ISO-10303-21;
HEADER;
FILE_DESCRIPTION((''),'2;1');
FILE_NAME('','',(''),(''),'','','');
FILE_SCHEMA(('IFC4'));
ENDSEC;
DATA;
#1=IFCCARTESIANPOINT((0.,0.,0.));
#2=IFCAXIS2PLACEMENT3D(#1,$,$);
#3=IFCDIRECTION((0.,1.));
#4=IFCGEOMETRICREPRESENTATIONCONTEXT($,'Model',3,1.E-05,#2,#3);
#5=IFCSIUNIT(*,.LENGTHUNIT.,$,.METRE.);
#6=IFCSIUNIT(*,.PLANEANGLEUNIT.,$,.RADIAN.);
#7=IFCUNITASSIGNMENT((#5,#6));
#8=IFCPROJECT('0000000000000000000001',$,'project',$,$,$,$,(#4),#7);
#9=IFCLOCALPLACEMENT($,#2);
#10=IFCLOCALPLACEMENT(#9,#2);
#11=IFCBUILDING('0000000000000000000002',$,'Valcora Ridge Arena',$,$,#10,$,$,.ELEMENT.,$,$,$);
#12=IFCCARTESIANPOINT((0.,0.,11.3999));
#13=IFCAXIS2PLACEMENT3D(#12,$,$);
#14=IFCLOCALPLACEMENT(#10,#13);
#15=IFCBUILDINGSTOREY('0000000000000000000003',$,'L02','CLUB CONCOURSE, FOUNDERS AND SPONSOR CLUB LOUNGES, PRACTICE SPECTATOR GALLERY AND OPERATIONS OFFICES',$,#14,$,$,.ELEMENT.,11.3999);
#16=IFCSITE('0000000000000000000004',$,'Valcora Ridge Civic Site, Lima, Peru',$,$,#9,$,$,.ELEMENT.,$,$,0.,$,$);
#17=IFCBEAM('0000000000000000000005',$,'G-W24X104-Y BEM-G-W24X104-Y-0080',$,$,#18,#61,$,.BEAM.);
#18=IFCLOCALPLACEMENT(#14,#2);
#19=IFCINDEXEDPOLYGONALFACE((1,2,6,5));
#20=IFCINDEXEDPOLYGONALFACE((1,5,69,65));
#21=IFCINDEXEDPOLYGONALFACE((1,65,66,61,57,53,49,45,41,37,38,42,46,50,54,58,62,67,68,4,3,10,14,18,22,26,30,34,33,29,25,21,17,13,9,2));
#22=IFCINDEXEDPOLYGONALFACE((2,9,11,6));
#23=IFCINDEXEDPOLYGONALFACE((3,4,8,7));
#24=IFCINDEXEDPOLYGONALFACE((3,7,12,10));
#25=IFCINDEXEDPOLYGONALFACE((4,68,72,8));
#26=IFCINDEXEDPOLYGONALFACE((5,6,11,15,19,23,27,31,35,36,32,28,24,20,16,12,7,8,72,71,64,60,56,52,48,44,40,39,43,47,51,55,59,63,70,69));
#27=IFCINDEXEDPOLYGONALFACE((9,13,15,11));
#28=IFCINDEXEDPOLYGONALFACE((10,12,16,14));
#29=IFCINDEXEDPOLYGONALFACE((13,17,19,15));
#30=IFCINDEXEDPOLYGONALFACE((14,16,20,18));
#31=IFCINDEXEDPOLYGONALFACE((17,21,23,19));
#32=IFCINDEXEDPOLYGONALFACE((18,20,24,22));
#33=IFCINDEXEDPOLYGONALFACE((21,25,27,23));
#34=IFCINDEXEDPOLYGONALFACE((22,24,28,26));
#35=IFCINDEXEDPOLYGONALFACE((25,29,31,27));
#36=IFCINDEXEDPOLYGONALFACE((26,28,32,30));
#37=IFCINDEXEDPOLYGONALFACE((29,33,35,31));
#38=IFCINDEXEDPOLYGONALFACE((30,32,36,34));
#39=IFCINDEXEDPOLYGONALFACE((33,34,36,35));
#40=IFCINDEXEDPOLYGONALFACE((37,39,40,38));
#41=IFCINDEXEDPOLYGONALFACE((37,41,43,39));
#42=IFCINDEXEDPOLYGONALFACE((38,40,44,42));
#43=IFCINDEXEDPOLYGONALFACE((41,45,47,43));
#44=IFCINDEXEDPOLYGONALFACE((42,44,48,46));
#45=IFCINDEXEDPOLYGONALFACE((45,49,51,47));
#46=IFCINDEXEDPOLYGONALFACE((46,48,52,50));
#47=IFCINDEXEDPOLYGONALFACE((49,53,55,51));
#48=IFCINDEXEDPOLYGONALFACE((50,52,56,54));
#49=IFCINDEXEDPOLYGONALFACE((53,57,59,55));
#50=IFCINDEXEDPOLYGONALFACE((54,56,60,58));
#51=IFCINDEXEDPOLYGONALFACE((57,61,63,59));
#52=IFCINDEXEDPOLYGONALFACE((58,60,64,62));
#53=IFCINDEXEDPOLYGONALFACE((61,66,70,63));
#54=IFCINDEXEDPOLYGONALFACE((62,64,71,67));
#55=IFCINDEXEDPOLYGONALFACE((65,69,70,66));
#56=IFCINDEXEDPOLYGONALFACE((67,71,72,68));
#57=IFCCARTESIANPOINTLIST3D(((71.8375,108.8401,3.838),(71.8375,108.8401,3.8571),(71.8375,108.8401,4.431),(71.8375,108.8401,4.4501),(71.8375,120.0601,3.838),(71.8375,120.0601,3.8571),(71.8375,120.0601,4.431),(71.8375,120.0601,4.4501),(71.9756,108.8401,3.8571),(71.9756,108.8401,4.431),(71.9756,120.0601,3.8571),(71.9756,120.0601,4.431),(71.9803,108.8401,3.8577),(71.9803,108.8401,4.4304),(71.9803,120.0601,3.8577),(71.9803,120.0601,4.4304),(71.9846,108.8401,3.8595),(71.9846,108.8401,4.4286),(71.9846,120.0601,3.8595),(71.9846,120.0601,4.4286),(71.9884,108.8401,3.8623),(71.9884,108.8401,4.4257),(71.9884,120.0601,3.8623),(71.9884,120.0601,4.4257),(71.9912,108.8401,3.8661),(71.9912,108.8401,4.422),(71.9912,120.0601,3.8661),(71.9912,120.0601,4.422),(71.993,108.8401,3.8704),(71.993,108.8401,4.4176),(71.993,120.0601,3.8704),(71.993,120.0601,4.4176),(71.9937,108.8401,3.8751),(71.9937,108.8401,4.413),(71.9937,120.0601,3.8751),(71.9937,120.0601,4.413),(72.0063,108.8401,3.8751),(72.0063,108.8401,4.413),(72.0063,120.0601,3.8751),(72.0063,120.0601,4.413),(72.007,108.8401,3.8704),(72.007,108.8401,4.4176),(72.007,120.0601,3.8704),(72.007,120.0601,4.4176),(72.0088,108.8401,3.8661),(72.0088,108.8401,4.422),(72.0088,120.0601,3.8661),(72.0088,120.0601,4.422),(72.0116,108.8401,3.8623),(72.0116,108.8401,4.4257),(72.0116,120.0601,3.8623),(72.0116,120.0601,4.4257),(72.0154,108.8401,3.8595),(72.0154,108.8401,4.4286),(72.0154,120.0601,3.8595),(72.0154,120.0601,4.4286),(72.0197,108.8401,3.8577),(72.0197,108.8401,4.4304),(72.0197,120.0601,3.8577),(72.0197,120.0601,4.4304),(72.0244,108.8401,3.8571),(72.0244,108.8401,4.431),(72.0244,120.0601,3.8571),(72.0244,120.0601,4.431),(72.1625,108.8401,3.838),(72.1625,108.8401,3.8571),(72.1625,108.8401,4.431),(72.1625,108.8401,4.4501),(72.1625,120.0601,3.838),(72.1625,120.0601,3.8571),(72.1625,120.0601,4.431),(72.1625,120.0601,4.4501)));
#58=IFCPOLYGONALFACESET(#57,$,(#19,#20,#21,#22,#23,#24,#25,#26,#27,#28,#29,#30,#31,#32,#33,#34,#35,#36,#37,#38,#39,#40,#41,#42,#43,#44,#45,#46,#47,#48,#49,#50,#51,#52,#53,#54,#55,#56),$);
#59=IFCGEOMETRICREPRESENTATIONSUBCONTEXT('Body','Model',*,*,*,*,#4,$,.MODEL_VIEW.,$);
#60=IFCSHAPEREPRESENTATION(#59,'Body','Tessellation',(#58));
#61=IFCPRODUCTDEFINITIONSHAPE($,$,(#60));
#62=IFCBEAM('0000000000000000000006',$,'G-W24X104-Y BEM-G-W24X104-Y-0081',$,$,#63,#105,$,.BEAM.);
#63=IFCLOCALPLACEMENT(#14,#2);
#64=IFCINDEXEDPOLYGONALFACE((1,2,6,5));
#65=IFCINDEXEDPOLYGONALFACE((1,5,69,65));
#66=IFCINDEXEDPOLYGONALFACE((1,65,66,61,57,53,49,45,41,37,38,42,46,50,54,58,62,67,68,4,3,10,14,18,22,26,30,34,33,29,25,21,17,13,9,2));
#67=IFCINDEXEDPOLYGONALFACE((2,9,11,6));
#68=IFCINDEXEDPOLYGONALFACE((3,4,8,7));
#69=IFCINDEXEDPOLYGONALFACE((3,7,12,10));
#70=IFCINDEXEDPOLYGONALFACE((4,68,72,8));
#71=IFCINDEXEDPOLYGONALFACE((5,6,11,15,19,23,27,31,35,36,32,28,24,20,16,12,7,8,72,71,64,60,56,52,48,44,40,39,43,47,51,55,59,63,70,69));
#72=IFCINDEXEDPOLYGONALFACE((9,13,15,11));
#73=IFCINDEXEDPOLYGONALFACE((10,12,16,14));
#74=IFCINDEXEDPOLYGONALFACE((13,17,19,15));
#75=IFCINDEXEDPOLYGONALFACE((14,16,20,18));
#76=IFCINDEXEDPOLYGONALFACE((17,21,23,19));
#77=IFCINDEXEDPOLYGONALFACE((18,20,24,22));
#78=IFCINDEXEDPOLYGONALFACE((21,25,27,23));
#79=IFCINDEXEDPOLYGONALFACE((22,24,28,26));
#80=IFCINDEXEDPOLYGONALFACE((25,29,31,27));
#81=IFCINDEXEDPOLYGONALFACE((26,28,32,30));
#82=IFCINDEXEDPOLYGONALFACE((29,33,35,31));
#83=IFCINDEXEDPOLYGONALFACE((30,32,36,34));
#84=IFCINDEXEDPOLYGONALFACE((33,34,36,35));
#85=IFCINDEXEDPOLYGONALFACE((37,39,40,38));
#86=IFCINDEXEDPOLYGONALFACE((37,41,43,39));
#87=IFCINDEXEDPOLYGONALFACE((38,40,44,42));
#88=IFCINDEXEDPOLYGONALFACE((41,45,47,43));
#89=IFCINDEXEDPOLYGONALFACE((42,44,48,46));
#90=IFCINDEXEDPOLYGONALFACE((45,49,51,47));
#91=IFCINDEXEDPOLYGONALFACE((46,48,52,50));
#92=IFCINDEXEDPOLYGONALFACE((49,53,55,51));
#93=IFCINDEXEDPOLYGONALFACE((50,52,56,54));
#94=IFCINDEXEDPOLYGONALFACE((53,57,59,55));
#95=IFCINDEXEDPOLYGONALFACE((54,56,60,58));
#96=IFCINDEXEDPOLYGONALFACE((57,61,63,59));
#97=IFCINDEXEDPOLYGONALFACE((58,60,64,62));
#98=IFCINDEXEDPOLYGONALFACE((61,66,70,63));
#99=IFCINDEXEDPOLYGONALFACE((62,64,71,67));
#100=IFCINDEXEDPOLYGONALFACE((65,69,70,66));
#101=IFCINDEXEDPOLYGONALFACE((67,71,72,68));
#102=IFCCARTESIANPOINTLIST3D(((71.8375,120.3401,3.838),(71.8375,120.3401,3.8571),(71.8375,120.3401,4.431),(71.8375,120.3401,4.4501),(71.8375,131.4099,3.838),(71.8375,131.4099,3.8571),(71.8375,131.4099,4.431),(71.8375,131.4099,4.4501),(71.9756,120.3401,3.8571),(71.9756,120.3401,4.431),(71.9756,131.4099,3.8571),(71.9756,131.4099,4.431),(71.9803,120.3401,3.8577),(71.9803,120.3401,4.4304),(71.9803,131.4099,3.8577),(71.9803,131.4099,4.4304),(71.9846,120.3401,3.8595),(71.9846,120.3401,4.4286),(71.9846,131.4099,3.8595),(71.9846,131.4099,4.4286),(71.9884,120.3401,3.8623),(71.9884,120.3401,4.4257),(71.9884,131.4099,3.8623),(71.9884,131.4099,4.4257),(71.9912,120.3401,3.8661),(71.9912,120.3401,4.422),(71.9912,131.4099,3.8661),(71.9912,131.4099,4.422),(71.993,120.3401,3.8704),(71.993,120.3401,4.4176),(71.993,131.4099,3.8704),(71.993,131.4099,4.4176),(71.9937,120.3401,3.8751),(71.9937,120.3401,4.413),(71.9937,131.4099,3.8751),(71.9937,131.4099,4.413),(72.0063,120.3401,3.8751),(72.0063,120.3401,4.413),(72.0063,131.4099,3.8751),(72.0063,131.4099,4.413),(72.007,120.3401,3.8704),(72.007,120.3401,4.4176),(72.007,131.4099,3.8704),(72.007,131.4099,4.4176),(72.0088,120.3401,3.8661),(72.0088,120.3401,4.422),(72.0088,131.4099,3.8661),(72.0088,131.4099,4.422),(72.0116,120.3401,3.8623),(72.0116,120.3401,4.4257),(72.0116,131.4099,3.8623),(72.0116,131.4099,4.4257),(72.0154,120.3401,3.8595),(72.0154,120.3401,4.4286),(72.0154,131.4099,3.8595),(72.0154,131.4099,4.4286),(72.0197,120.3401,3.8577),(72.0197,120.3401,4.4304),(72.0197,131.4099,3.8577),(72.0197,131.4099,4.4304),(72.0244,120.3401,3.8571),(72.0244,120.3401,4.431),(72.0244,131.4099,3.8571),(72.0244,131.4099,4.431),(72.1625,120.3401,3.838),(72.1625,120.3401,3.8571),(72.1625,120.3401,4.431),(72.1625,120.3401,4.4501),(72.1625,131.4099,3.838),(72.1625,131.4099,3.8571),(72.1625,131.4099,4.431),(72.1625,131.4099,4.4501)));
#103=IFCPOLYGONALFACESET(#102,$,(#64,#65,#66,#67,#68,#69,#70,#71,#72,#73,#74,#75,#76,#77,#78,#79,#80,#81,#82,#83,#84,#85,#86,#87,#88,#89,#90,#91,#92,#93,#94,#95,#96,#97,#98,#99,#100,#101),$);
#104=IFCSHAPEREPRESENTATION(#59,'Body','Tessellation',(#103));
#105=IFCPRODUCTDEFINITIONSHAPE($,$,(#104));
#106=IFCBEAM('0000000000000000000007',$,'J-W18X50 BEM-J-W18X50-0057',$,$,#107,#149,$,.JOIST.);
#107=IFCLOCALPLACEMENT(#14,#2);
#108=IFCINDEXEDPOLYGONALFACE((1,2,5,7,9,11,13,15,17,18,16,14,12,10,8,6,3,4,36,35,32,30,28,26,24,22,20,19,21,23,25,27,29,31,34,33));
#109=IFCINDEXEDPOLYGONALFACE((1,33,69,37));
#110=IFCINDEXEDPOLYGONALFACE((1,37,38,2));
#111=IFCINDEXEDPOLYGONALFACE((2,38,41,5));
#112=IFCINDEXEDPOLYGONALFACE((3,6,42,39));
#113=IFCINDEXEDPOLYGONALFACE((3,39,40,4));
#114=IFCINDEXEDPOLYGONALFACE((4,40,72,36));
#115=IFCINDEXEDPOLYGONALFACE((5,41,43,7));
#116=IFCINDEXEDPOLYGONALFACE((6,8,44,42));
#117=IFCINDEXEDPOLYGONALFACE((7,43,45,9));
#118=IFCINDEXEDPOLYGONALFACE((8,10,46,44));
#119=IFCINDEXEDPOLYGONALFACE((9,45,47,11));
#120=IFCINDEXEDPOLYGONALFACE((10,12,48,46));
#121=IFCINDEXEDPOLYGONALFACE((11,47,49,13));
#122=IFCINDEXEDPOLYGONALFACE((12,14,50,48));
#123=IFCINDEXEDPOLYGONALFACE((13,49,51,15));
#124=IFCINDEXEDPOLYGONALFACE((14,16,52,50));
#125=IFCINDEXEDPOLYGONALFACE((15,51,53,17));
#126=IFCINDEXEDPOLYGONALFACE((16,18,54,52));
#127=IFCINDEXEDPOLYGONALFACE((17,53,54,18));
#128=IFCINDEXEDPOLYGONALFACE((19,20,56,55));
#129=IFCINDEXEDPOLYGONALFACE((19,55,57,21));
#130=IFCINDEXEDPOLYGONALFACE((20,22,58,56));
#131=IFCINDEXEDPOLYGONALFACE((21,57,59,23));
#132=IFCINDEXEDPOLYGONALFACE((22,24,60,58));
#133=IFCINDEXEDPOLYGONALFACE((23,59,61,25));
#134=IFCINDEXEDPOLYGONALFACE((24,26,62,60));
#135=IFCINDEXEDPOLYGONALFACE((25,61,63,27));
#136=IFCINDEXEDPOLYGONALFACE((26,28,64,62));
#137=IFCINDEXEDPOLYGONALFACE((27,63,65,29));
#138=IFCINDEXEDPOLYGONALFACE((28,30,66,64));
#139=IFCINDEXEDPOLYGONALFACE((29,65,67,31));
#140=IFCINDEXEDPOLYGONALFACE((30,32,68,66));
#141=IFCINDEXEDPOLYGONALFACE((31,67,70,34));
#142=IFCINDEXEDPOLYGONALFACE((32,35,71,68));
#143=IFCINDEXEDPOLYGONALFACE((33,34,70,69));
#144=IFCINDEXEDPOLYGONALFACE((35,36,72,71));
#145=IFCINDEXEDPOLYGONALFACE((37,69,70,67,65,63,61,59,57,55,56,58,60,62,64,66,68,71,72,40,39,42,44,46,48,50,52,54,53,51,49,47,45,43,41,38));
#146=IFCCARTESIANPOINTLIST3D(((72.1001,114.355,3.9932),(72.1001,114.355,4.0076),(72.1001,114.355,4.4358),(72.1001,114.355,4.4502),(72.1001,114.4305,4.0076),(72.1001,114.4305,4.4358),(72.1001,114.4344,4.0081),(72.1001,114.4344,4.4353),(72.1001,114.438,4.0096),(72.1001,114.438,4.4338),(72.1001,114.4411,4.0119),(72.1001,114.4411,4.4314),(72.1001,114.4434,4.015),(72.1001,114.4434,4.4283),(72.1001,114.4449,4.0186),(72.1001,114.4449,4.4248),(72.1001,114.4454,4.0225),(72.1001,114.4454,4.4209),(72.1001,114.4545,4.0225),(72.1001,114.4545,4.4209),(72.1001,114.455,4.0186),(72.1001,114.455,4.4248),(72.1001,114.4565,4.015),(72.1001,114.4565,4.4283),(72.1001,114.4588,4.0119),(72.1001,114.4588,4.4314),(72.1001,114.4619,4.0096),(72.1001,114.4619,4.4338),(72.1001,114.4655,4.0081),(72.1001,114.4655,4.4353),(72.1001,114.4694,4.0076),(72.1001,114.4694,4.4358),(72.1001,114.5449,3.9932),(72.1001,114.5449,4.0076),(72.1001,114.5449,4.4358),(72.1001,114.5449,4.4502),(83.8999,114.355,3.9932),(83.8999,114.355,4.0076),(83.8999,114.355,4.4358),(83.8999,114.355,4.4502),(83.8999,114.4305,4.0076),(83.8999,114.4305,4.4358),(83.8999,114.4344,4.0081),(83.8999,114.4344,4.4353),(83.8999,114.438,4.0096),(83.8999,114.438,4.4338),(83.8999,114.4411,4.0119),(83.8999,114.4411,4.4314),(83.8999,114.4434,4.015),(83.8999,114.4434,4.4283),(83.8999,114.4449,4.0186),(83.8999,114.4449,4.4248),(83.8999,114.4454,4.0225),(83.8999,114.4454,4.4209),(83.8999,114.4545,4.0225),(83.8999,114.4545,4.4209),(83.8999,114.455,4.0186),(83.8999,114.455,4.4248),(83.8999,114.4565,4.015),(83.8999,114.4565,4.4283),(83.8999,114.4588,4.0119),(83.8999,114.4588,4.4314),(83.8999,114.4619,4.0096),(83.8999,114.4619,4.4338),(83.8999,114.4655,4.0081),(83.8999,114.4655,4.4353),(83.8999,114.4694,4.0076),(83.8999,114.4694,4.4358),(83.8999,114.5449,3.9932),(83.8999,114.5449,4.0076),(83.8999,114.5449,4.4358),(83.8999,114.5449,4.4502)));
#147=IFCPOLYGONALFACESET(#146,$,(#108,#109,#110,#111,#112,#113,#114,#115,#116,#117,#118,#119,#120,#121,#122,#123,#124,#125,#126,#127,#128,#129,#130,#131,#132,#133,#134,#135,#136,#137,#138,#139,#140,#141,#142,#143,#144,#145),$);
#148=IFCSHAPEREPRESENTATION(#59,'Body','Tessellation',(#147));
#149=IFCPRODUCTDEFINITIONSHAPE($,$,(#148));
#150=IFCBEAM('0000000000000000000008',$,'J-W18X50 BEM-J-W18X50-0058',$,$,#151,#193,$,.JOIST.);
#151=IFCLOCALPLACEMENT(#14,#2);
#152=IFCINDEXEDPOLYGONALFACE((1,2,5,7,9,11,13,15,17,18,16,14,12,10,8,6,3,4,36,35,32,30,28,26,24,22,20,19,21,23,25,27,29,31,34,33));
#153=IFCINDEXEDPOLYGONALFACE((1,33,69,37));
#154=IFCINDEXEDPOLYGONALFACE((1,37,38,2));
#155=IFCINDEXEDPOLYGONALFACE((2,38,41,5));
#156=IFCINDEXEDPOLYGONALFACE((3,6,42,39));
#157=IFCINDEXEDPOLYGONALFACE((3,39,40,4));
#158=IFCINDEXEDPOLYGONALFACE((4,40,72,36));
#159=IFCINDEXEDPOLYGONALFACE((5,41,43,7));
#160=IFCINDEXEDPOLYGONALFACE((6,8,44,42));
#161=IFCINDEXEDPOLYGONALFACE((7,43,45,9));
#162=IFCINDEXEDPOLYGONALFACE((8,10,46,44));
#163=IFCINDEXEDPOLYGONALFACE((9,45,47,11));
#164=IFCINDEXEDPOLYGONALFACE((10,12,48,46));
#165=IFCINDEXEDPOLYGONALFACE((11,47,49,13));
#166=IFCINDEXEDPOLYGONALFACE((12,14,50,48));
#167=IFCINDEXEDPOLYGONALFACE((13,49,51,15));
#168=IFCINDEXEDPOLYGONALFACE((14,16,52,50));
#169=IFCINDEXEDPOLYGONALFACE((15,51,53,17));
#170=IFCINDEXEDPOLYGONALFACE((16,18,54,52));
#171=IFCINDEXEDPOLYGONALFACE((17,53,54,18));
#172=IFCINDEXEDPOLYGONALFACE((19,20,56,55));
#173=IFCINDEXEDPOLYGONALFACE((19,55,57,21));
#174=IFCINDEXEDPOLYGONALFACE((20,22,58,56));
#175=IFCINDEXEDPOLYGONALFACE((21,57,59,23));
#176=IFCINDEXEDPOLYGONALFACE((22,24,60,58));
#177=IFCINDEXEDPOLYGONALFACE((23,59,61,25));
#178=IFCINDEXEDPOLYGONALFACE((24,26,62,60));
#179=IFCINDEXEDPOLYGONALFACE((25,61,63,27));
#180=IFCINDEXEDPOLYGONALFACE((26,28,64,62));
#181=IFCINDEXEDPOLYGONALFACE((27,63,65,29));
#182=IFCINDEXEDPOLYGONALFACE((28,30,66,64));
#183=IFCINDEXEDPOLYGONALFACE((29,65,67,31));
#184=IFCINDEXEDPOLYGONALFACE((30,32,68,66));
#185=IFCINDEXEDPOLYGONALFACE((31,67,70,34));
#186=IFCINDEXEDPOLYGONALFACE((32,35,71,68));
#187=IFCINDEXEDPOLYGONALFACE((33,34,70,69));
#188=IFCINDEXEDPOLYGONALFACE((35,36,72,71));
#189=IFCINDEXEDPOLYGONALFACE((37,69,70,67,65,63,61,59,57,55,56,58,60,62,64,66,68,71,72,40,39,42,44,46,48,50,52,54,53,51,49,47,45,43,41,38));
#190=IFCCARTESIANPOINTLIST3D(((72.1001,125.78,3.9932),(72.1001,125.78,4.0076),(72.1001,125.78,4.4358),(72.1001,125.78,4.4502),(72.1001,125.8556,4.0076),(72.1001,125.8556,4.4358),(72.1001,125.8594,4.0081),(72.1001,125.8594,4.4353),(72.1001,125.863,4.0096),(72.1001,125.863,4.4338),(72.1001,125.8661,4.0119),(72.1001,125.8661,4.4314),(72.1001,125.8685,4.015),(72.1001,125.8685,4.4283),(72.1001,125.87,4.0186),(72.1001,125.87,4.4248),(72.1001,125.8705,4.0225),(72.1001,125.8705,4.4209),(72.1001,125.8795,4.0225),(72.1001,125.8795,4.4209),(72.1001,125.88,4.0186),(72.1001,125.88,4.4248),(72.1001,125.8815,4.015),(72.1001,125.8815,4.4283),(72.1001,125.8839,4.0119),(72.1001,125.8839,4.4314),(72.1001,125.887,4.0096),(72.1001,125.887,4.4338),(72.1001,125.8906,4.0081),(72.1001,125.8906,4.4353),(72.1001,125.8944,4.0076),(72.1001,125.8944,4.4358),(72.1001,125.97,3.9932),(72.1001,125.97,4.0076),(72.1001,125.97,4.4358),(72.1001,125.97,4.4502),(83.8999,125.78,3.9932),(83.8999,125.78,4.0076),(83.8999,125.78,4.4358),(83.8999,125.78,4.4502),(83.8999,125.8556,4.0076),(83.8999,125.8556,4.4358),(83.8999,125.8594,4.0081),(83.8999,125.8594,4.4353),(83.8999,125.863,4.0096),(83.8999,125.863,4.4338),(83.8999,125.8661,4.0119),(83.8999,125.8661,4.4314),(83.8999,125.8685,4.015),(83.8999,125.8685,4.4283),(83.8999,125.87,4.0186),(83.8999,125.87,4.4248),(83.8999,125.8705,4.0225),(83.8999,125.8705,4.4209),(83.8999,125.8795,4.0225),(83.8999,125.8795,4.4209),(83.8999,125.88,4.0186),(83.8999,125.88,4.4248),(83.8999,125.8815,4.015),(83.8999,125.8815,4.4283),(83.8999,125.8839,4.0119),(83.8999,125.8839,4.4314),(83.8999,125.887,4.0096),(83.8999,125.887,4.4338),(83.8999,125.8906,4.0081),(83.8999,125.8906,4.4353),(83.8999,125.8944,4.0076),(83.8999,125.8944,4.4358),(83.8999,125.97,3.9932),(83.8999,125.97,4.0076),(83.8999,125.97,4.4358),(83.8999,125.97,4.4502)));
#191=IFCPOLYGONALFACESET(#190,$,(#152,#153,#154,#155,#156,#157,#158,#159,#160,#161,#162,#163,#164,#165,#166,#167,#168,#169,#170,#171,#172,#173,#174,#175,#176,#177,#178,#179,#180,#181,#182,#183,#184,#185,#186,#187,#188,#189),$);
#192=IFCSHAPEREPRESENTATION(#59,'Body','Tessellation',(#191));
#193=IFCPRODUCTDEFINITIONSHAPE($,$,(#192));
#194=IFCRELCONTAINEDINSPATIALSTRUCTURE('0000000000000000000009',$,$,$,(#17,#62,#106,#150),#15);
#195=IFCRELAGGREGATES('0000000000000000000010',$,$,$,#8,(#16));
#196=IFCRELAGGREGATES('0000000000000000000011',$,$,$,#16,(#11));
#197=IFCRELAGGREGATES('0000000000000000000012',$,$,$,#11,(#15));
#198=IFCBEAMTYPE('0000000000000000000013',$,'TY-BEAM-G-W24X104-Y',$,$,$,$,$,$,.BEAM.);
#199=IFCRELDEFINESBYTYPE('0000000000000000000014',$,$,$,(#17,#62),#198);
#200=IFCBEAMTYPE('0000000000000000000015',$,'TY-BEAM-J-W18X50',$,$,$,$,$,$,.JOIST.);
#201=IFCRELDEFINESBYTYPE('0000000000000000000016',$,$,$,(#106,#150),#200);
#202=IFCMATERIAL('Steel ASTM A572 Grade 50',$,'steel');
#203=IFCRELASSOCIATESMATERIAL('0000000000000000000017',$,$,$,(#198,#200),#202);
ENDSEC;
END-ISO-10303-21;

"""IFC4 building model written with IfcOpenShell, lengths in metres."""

from ifc_helpers import new_model, si_unit, direction, frame, origin, origin_2d, place, context, subcontext, project, spatial, i_section, extrude, material, material_profile, profile_set, type_object, element, save


model = new_model("IFC4")

# Units and contexts
model_context = context("Model", 3, precision=1e-05, world=origin(), true_north=direction((0.0, 1.0)))
body_context = subcontext(model_context, "Body", "Model", "MODEL_VIEW")
ifc_project = project(units=[si_unit("LENGTHUNIT", "METRE"), si_unit("PLANEANGLEUNIT", "RADIAN")], contexts=[model_context])

# Site, building, storey
site_placement = place(None, origin())
site = spatial("IfcSite", under=ifc_project, at=site_placement, Name="Valcora Ridge Civic Site, Lima, Peru", CompositionType="ELEMENT", RefElevation=0.0)
building_placement = place(site_placement, origin())
building = spatial("IfcBuilding", under=site, at=building_placement, Name="Valcora Ridge Arena", CompositionType="ELEMENT")
storey_placement = place(building_placement, frame((0.0, 0.0, 11.3999)))
storey = spatial("IfcBuildingStorey", under=building, at=storey_placement, Name="L02", Description="CLUB CONCOURSE, FOUNDERS AND SPONSOR CLUB LOUNGES, PRACTICE SPECTATOR GALLERY AND OPERATIONS OFFICES", CompositionType="ELEMENT", Elevation=11.3999)

# Beams
ifc_material_1 = material(Name="Steel ASTM A572 Grade 50", Category="steel")
ifc_material_profile_1 = material_profile(ifc_material_1, i_section(OverallWidth=0.325, OverallDepth=0.6121, WebThickness=0.0127, FlangeThickness=0.019, FilletRadius=0.0181, at=origin_2d()), Name="W24X104")
ifc_profile_set_1 = profile_set([ifc_material_profile_1], Name="Steel ASTM A572 Grade 50")
beam_type_1 = type_object("IfcBeamType", Name="TY-BEAM-G-W24X104-Y", PredefinedType="BEAM", material=ifc_profile_set_1)
beam_1_placement = place(storey_placement, frame((72.0, 108.8401, 4.144), z_axis=(0.0, 1.0, 0.0), x_axis=(-1.0, 0.0, 0.0)))
element("IfcBeam", 1, at=beam_1_placement, inside=storey, type_object=beam_type_1, Name="G-W24X104-Y BEM-G-W24X104-Y-0080", PredefinedType="BEAM", context=body_context, shape_type="SweptSolid", body=[
    extrude(i_section(OverallWidth=0.325, OverallDepth=0.6121, WebThickness=0.0127, FlangeThickness=0.019, FilletRadius=0.0181, at=origin_2d()), origin(), (0.0, 0.0, 1.0), 11.22),
])
beam_2_placement = place(storey_placement, frame((72.0, 120.3401, 4.144), z_axis=(0.0, 1.0, 0.0), x_axis=(-1.0, 0.0, 0.0)))
element("IfcBeam", 2, at=beam_2_placement, inside=storey, type_object=beam_type_1, Name="G-W24X104-Y BEM-G-W24X104-Y-0081", PredefinedType="BEAM", context=body_context, shape_type="SweptSolid", body=[
    extrude(i_section(OverallWidth=0.325, OverallDepth=0.6121, WebThickness=0.0127, FlangeThickness=0.019, FilletRadius=0.0181, at=origin_2d()), origin(), (0.0, 0.0, 1.0), 11.0698),
])
ifc_material_profile_2 = material_profile(ifc_material_1, i_section(OverallWidth=0.1899, OverallDepth=0.457, WebThickness=0.009, FlangeThickness=0.0144, FilletRadius=0.0149, at=origin_2d()), Name="W18X50")
ifc_profile_set_2 = profile_set([ifc_material_profile_2], Name="Steel ASTM A572 Grade 50")
beam_type_2 = type_object("IfcBeamType", Name="TY-BEAM-J-W18X50", PredefinedType="JOIST", material=ifc_profile_set_2)
for number, where, z_axis, x_axis, name in (
    (3, (72.1001, 114.45, 4.2217), (1.0, 0.0, 0.0), (0.0, 1.0, 0.0), "J-W18X50 BEM-J-W18X50-0057"),
    (4, (72.1001, 125.875, 4.2217), (1.0, 0.0, 0.0), (0.0, 1.0, 0.0), "J-W18X50 BEM-J-W18X50-0058"),
):
    element("IfcBeam", number, at=place(storey_placement, frame(where, z_axis=z_axis, x_axis=x_axis)), inside=storey, type_object=beam_type_2, Name=name, PredefinedType="JOIST", context=body_context, shape_type="SweptSolid", body=[
        extrude(i_section(OverallWidth=0.1899, OverallDepth=0.457, WebThickness=0.009, FlangeThickness=0.0144, FilletRadius=0.0149, at=origin_2d()), origin(), (0.0, 0.0, 1.0), 11.7998),
    ])

save(model, "model.ifc")
